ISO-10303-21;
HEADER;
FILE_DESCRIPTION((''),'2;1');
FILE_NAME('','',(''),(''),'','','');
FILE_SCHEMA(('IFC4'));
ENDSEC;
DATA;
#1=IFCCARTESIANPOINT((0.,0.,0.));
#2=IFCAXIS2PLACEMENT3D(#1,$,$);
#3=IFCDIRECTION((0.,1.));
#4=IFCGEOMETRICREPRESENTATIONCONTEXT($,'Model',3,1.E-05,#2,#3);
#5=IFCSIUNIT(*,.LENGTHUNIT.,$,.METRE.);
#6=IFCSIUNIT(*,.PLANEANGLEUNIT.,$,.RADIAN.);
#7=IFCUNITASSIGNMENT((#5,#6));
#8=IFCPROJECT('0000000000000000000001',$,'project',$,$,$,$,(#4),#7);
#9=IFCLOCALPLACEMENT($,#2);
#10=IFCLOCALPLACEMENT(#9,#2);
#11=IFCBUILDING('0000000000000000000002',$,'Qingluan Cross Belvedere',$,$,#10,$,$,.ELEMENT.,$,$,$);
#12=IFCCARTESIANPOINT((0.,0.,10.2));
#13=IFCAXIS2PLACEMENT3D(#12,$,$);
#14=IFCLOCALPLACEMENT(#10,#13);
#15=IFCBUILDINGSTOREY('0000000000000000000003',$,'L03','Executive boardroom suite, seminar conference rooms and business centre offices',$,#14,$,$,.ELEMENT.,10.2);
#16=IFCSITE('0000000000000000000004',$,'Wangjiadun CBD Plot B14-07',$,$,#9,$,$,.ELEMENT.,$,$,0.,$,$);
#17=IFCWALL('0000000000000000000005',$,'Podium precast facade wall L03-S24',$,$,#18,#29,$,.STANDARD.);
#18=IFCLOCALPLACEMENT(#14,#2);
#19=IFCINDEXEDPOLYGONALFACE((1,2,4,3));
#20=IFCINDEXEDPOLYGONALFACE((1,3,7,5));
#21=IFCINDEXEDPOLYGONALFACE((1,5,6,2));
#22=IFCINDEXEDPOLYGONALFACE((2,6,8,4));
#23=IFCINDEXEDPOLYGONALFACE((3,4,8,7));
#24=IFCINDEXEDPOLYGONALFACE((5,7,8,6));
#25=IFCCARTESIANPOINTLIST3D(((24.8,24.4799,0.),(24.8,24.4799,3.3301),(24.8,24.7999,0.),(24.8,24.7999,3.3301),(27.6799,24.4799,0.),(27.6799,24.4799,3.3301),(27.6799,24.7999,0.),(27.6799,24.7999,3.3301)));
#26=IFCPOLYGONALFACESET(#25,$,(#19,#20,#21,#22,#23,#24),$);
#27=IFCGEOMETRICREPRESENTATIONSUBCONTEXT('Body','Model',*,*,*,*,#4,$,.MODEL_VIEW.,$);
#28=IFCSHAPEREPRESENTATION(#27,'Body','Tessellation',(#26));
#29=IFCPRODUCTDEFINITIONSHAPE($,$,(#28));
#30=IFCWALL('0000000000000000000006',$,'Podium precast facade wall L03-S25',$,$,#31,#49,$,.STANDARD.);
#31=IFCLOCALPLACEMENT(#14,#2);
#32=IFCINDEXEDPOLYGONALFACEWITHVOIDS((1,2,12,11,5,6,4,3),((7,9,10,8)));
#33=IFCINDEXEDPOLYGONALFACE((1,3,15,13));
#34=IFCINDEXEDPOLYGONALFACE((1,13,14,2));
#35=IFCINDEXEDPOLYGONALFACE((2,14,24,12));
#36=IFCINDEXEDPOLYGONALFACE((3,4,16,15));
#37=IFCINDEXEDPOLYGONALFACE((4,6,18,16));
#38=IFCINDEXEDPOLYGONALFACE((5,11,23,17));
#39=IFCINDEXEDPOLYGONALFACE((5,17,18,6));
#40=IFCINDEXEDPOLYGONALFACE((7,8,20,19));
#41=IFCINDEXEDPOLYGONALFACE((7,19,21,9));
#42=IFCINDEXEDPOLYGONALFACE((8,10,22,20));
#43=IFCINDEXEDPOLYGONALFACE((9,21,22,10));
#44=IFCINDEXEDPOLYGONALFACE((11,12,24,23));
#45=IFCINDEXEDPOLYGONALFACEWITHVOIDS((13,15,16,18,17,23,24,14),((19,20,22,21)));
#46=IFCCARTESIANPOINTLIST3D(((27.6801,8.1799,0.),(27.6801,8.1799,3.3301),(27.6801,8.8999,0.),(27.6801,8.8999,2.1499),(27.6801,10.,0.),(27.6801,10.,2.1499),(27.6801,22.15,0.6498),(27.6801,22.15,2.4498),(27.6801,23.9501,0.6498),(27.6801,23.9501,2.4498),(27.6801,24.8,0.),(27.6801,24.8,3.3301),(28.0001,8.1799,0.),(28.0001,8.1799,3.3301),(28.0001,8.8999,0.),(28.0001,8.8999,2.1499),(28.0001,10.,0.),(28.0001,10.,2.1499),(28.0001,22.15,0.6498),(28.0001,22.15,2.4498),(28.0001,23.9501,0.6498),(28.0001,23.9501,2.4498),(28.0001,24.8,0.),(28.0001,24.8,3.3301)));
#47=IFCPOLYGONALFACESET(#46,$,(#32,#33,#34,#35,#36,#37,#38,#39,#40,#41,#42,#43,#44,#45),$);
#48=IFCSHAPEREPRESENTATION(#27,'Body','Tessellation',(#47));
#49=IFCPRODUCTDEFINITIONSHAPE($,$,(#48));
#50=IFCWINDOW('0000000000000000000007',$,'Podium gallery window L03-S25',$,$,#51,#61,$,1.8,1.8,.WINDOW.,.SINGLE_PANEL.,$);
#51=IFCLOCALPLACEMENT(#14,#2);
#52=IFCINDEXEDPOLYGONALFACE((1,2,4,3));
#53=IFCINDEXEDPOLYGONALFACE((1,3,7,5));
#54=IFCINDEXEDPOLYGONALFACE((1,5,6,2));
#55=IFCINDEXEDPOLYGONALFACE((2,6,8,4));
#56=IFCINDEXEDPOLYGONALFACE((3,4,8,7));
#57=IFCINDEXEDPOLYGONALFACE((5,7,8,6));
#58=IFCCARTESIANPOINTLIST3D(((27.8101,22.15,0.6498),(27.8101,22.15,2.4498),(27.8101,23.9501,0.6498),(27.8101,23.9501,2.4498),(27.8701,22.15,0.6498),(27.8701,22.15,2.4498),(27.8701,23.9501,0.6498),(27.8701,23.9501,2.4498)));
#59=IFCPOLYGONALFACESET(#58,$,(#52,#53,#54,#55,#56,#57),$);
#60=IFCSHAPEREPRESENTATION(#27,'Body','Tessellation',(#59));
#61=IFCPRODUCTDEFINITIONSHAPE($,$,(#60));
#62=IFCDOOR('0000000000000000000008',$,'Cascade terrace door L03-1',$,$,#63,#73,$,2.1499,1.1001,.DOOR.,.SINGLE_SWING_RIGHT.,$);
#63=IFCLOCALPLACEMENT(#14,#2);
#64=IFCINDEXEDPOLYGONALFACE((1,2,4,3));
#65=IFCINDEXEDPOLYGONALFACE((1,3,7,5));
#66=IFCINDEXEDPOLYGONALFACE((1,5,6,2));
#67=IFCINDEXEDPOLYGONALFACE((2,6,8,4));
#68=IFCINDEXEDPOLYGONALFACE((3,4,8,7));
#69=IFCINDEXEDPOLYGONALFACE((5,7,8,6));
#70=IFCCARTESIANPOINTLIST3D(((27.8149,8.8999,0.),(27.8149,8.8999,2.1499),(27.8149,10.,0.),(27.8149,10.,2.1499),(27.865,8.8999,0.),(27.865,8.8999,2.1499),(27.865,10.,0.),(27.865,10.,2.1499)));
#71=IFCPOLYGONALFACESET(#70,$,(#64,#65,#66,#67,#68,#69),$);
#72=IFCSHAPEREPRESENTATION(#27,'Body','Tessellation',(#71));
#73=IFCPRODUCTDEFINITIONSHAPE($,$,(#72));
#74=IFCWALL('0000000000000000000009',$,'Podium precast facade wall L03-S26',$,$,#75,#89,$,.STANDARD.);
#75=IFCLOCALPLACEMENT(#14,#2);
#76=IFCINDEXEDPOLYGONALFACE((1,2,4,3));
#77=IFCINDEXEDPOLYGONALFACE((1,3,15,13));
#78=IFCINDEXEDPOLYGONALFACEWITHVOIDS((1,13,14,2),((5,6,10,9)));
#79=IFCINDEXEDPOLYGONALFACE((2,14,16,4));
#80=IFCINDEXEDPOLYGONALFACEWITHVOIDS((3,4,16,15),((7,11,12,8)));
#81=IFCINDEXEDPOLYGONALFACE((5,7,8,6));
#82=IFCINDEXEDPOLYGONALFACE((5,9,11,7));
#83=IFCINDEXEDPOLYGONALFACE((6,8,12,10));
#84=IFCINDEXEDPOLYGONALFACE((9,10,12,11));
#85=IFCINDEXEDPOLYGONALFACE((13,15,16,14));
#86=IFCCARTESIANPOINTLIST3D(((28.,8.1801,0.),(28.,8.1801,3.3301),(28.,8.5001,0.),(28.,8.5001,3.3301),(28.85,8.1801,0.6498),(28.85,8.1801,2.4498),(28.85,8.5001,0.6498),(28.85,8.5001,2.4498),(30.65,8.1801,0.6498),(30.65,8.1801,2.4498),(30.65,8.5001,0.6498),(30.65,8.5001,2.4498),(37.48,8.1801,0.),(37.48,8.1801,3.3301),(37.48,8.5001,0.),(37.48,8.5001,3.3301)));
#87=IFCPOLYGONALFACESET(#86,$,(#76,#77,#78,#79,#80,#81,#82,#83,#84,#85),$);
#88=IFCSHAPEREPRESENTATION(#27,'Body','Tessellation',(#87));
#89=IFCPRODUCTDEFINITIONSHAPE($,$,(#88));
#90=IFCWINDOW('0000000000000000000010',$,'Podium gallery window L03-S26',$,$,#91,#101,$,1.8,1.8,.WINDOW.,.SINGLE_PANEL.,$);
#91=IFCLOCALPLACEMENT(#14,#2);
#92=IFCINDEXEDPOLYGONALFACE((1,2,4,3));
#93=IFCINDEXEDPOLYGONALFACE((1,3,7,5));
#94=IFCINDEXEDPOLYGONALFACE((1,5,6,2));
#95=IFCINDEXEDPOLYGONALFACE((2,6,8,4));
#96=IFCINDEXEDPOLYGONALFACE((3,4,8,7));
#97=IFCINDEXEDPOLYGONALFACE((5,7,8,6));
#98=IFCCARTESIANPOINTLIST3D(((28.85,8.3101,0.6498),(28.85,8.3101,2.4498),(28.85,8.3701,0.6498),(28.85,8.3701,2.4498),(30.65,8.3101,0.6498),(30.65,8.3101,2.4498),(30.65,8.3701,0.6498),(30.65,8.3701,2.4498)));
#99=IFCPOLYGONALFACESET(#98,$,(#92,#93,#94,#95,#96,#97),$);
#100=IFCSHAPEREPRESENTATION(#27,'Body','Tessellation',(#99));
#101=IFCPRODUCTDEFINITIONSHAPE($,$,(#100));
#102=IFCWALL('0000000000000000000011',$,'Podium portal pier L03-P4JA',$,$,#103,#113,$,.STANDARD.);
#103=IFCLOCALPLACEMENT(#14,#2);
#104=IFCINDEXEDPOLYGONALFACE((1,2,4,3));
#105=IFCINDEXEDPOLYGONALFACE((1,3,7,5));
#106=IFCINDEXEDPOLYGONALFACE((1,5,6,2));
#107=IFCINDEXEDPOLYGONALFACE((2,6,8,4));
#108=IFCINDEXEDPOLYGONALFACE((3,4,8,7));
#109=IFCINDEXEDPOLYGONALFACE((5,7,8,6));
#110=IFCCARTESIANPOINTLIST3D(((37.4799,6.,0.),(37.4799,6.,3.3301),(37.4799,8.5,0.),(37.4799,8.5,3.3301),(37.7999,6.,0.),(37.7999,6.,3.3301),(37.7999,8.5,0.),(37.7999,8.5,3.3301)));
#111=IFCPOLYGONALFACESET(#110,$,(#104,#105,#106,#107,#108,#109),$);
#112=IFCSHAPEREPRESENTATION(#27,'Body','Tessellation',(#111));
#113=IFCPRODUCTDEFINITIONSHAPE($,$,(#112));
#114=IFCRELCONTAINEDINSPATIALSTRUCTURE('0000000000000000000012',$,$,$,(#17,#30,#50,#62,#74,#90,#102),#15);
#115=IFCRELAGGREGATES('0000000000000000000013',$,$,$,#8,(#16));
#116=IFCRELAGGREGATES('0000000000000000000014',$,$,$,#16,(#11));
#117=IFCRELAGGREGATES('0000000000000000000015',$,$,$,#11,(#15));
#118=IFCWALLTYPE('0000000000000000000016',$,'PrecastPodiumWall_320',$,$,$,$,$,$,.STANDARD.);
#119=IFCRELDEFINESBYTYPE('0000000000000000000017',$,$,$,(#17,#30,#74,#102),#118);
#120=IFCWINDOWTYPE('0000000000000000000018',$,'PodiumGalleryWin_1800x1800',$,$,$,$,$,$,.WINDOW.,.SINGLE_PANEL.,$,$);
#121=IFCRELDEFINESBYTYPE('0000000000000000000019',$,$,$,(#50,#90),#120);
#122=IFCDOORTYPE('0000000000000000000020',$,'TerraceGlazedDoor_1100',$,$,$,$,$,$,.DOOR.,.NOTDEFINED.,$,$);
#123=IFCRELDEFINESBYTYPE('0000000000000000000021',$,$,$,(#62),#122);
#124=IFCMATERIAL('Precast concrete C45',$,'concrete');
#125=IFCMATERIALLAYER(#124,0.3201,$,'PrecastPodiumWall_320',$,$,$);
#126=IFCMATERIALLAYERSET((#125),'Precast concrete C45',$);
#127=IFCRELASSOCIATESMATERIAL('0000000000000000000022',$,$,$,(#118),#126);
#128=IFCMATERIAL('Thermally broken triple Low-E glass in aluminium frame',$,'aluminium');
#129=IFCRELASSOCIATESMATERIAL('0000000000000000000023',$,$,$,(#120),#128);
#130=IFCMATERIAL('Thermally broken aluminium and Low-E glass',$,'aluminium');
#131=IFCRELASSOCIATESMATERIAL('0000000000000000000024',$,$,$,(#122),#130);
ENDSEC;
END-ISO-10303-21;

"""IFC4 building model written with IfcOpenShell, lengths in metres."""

from ifc_helpers import new_model, si_unit, direction, frame, frame_2d, origin, place, context, subcontext, project, spatial, rectangle, extrude, material, layer, layer_set, type_object, element, fill, save


model = new_model("IFC4")

# Units and contexts
model_context = context("Model", 3, precision=1e-05, world=origin(), true_north=direction((0.0, 1.0)))
body_context = subcontext(model_context, "Body", "Model", "MODEL_VIEW")
ifc_project = project(units=[si_unit("LENGTHUNIT", "METRE"), si_unit("PLANEANGLEUNIT", "RADIAN")], contexts=[model_context])

# Site, building, storey
site_placement = place(None, origin())
site = spatial("IfcSite", under=ifc_project, at=site_placement, Name="Wangjiadun CBD Plot B14-07", CompositionType="ELEMENT", RefElevation=0.0)
building_placement = place(site_placement, origin())
building = spatial("IfcBuilding", under=site, at=building_placement, Name="Qingluan Cross Belvedere", CompositionType="ELEMENT")
storey_placement = place(building_placement, frame((0.0, 0.0, 10.2)))
storey = spatial("IfcBuildingStorey", under=building, at=storey_placement, Name="L03", Description="Executive boardroom suite, seminar conference rooms and business centre offices", CompositionType="ELEMENT", Elevation=10.2)

# Shared definitions
ifc_material_1 = material(Name="Precast concrete C45", Category="concrete")
ifc_layer_1 = layer(ifc_material_1, 0.3201, Name="PrecastPodiumWall_320")
ifc_layer_set_1 = layer_set([ifc_layer_1], Name="Precast concrete C45")
wall_type_1 = type_object("IfcWallType", Name="PrecastPodiumWall_320", PredefinedType="STANDARD", material=ifc_layer_set_1)
ifc_material_2 = material(Name="Thermally broken triple Low-E glass in aluminium frame", Category="aluminium")
window_type = type_object("IfcWindowType", Name="PodiumGalleryWin_1800x1800", PartitioningType="SINGLE_PANEL", PredefinedType="WINDOW", material=ifc_material_2)

# Wall
wall_1_placement = place(storey_placement, frame((24.8, 24.6399, 0.0), z_axis=(0.0, 0.0, 1.0), x_axis=(1.0, 0.0, 0.0)))
element("IfcWall", 1, at=wall_1_placement, inside=storey, type_object=wall_type_1, Name="Podium precast facade wall L03-S24", PredefinedType="STANDARD", context=body_context, shape_type="SweptSolid", body=[
    extrude(rectangle(XDim=2.8799, YDim=0.3201, at=frame_2d((1.4399, 0.0))), origin(), (0.0, 0.0, 1.0), 3.3301),
])

# Wall, openings, window, door
wall_2_placement = place(storey_placement, frame((27.8401, 24.8, 0.0), z_axis=(0.0, 0.0, 1.0), x_axis=(0.0, -1.0, 0.0)))
wall_2 = element("IfcWall", 2, at=wall_2_placement, inside=storey, type_object=wall_type_1, Name="Podium precast facade wall L03-S25", PredefinedType="STANDARD", context=body_context, shape_type="SweptSolid", body=[
    extrude(rectangle(XDim=16.6201, YDim=0.3201, at=frame_2d((8.3101, 0.0))), origin(), (0.0, 0.0, 1.0), 3.3301),
])
opening_1_placement = place(wall_2_placement, frame((0.8501, 0.0, 0.6499)))
opening_1 = element("IfcOpeningElement", 3, at=opening_1_placement, cuts=wall_2, PredefinedType="OPENING", context=body_context, shape_type="SweptSolid", body=[
    extrude(rectangle(XDim=1.8, YDim=1.8, at=frame_2d((0.8999, 0.8999))), frame((0.0, 0.1699, 0.0), z_axis=(0.0, -1.0, 0.0), x_axis=(1.0, 0.0, 0.0)), (0.0, 0.0, 1.0), 0.3401),
])
opening_2_placement = place(wall_2_placement, frame((14.8, 0.0, 0.0)))
opening_2 = element("IfcOpeningElement", 4, at=opening_2_placement, cuts=wall_2, PredefinedType="OPENING", context=body_context, shape_type="SweptSolid", body=[
    extrude(rectangle(XDim=1.1001, YDim=2.1499, at=frame_2d((0.55, 1.075))), frame((0.0, 0.1699, 0.0), z_axis=(0.0, -1.0, 0.0), x_axis=(1.0, 0.0, 0.0)), (0.0, 0.0, 1.0), 0.3401),
])
window_1_placement = place(opening_1_placement, origin())
window_1 = element("IfcWindow", 5, at=window_1_placement, inside=storey, type_object=window_type, Name="Podium gallery window L03-S25", OverallHeight=1.8, OverallWidth=1.8, PartitioningType="SINGLE_PANEL", PredefinedType="WINDOW", context=body_context, shape_type="SweptSolid", body=[
    extrude(rectangle(XDim=1.8, YDim=1.8, at=frame_2d((0.8999, 0.8999))), frame((0.0, 0.03, 0.0), z_axis=(0.0, -1.0, 0.0), x_axis=(1.0, 0.0, 0.0)), (0.0, 0.0, 1.0), 0.0601),
])
fill(opening_1, window_1)
ifc_material_3 = material(Name="Thermally broken aluminium and Low-E glass", Category="aluminium")
door_type_1 = type_object("IfcDoorType", Name="TerraceGlazedDoor_1100", OperationType="NOTDEFINED", PredefinedType="DOOR", material=ifc_material_3)
door_1_placement = place(opening_2_placement, origin())
door_1 = element("IfcDoor", 6, at=door_1_placement, inside=storey, type_object=door_type_1, Name="Cascade terrace door L03-1", OperationType="SINGLE_SWING_RIGHT", OverallHeight=2.1499, OverallWidth=1.1001, PredefinedType="DOOR", context=body_context, shape_type="SweptSolid", body=[
    extrude(rectangle(XDim=1.1001, YDim=2.1499, at=frame_2d((0.55, 1.075))), frame((0.0, 0.0249, 0.0), z_axis=(0.0, -1.0, 0.0), x_axis=(1.0, 0.0, 0.0)), (0.0, 0.0, 1.0), 0.05),
])
fill(opening_2, door_1)

# Wall, opening, window
wall_3_placement = place(storey_placement, frame((28.0, 8.3401, 0.0), z_axis=(0.0, 0.0, 1.0), x_axis=(1.0, 0.0, 0.0)))
wall_3 = element("IfcWall", 7, at=wall_3_placement, inside=storey, type_object=wall_type_1, Name="Podium precast facade wall L03-S26", PredefinedType="STANDARD", context=body_context, shape_type="SweptSolid", body=[
    extrude(rectangle(XDim=9.48, YDim=0.3201, at=frame_2d((4.74, 0.0))), origin(), (0.0, 0.0, 1.0), 3.3301),
])
opening_3_placement = place(wall_3_placement, frame((0.8501, 0.0, 0.6499)))
opening_3 = element("IfcOpeningElement", 8, at=opening_3_placement, cuts=wall_3, PredefinedType="OPENING", context=body_context, shape_type="SweptSolid", body=[
    extrude(rectangle(XDim=1.8, YDim=1.8, at=frame_2d((0.8999, 0.8999))), frame((0.0, 0.1699, 0.0), z_axis=(0.0, -1.0, 0.0), x_axis=(1.0, 0.0, 0.0)), (0.0, 0.0, 1.0), 0.3401),
])
window_2_placement = place(opening_3_placement, origin())
window_2 = element("IfcWindow", 9, at=window_2_placement, inside=storey, type_object=window_type, Name="Podium gallery window L03-S26", OverallHeight=1.8, OverallWidth=1.8, PartitioningType="SINGLE_PANEL", PredefinedType="WINDOW", context=body_context, shape_type="SweptSolid", body=[
    extrude(rectangle(XDim=1.8, YDim=1.8, at=frame_2d((0.8999, 0.8999))), frame((0.0, 0.03, 0.0), z_axis=(0.0, -1.0, 0.0), x_axis=(1.0, 0.0, 0.0)), (0.0, 0.0, 1.0), 0.0601),
])
fill(opening_3, window_2)

# Wall
wall_4_placement = place(storey_placement, frame((37.6399, 8.5, 0.0), z_axis=(0.0, 0.0, 1.0), x_axis=(0.0, -1.0, 0.0)))
element("IfcWall", 10, at=wall_4_placement, inside=storey, type_object=wall_type_1, Name="Podium portal pier L03-P4JA", PredefinedType="STANDARD", context=body_context, shape_type="SweptSolid", body=[
    extrude(rectangle(XDim=2.5, YDim=0.3201, at=frame_2d((1.25, 0.0))), origin(), (0.0, 0.0, 1.0), 3.3301),
])

save(model, "model.ifc")
